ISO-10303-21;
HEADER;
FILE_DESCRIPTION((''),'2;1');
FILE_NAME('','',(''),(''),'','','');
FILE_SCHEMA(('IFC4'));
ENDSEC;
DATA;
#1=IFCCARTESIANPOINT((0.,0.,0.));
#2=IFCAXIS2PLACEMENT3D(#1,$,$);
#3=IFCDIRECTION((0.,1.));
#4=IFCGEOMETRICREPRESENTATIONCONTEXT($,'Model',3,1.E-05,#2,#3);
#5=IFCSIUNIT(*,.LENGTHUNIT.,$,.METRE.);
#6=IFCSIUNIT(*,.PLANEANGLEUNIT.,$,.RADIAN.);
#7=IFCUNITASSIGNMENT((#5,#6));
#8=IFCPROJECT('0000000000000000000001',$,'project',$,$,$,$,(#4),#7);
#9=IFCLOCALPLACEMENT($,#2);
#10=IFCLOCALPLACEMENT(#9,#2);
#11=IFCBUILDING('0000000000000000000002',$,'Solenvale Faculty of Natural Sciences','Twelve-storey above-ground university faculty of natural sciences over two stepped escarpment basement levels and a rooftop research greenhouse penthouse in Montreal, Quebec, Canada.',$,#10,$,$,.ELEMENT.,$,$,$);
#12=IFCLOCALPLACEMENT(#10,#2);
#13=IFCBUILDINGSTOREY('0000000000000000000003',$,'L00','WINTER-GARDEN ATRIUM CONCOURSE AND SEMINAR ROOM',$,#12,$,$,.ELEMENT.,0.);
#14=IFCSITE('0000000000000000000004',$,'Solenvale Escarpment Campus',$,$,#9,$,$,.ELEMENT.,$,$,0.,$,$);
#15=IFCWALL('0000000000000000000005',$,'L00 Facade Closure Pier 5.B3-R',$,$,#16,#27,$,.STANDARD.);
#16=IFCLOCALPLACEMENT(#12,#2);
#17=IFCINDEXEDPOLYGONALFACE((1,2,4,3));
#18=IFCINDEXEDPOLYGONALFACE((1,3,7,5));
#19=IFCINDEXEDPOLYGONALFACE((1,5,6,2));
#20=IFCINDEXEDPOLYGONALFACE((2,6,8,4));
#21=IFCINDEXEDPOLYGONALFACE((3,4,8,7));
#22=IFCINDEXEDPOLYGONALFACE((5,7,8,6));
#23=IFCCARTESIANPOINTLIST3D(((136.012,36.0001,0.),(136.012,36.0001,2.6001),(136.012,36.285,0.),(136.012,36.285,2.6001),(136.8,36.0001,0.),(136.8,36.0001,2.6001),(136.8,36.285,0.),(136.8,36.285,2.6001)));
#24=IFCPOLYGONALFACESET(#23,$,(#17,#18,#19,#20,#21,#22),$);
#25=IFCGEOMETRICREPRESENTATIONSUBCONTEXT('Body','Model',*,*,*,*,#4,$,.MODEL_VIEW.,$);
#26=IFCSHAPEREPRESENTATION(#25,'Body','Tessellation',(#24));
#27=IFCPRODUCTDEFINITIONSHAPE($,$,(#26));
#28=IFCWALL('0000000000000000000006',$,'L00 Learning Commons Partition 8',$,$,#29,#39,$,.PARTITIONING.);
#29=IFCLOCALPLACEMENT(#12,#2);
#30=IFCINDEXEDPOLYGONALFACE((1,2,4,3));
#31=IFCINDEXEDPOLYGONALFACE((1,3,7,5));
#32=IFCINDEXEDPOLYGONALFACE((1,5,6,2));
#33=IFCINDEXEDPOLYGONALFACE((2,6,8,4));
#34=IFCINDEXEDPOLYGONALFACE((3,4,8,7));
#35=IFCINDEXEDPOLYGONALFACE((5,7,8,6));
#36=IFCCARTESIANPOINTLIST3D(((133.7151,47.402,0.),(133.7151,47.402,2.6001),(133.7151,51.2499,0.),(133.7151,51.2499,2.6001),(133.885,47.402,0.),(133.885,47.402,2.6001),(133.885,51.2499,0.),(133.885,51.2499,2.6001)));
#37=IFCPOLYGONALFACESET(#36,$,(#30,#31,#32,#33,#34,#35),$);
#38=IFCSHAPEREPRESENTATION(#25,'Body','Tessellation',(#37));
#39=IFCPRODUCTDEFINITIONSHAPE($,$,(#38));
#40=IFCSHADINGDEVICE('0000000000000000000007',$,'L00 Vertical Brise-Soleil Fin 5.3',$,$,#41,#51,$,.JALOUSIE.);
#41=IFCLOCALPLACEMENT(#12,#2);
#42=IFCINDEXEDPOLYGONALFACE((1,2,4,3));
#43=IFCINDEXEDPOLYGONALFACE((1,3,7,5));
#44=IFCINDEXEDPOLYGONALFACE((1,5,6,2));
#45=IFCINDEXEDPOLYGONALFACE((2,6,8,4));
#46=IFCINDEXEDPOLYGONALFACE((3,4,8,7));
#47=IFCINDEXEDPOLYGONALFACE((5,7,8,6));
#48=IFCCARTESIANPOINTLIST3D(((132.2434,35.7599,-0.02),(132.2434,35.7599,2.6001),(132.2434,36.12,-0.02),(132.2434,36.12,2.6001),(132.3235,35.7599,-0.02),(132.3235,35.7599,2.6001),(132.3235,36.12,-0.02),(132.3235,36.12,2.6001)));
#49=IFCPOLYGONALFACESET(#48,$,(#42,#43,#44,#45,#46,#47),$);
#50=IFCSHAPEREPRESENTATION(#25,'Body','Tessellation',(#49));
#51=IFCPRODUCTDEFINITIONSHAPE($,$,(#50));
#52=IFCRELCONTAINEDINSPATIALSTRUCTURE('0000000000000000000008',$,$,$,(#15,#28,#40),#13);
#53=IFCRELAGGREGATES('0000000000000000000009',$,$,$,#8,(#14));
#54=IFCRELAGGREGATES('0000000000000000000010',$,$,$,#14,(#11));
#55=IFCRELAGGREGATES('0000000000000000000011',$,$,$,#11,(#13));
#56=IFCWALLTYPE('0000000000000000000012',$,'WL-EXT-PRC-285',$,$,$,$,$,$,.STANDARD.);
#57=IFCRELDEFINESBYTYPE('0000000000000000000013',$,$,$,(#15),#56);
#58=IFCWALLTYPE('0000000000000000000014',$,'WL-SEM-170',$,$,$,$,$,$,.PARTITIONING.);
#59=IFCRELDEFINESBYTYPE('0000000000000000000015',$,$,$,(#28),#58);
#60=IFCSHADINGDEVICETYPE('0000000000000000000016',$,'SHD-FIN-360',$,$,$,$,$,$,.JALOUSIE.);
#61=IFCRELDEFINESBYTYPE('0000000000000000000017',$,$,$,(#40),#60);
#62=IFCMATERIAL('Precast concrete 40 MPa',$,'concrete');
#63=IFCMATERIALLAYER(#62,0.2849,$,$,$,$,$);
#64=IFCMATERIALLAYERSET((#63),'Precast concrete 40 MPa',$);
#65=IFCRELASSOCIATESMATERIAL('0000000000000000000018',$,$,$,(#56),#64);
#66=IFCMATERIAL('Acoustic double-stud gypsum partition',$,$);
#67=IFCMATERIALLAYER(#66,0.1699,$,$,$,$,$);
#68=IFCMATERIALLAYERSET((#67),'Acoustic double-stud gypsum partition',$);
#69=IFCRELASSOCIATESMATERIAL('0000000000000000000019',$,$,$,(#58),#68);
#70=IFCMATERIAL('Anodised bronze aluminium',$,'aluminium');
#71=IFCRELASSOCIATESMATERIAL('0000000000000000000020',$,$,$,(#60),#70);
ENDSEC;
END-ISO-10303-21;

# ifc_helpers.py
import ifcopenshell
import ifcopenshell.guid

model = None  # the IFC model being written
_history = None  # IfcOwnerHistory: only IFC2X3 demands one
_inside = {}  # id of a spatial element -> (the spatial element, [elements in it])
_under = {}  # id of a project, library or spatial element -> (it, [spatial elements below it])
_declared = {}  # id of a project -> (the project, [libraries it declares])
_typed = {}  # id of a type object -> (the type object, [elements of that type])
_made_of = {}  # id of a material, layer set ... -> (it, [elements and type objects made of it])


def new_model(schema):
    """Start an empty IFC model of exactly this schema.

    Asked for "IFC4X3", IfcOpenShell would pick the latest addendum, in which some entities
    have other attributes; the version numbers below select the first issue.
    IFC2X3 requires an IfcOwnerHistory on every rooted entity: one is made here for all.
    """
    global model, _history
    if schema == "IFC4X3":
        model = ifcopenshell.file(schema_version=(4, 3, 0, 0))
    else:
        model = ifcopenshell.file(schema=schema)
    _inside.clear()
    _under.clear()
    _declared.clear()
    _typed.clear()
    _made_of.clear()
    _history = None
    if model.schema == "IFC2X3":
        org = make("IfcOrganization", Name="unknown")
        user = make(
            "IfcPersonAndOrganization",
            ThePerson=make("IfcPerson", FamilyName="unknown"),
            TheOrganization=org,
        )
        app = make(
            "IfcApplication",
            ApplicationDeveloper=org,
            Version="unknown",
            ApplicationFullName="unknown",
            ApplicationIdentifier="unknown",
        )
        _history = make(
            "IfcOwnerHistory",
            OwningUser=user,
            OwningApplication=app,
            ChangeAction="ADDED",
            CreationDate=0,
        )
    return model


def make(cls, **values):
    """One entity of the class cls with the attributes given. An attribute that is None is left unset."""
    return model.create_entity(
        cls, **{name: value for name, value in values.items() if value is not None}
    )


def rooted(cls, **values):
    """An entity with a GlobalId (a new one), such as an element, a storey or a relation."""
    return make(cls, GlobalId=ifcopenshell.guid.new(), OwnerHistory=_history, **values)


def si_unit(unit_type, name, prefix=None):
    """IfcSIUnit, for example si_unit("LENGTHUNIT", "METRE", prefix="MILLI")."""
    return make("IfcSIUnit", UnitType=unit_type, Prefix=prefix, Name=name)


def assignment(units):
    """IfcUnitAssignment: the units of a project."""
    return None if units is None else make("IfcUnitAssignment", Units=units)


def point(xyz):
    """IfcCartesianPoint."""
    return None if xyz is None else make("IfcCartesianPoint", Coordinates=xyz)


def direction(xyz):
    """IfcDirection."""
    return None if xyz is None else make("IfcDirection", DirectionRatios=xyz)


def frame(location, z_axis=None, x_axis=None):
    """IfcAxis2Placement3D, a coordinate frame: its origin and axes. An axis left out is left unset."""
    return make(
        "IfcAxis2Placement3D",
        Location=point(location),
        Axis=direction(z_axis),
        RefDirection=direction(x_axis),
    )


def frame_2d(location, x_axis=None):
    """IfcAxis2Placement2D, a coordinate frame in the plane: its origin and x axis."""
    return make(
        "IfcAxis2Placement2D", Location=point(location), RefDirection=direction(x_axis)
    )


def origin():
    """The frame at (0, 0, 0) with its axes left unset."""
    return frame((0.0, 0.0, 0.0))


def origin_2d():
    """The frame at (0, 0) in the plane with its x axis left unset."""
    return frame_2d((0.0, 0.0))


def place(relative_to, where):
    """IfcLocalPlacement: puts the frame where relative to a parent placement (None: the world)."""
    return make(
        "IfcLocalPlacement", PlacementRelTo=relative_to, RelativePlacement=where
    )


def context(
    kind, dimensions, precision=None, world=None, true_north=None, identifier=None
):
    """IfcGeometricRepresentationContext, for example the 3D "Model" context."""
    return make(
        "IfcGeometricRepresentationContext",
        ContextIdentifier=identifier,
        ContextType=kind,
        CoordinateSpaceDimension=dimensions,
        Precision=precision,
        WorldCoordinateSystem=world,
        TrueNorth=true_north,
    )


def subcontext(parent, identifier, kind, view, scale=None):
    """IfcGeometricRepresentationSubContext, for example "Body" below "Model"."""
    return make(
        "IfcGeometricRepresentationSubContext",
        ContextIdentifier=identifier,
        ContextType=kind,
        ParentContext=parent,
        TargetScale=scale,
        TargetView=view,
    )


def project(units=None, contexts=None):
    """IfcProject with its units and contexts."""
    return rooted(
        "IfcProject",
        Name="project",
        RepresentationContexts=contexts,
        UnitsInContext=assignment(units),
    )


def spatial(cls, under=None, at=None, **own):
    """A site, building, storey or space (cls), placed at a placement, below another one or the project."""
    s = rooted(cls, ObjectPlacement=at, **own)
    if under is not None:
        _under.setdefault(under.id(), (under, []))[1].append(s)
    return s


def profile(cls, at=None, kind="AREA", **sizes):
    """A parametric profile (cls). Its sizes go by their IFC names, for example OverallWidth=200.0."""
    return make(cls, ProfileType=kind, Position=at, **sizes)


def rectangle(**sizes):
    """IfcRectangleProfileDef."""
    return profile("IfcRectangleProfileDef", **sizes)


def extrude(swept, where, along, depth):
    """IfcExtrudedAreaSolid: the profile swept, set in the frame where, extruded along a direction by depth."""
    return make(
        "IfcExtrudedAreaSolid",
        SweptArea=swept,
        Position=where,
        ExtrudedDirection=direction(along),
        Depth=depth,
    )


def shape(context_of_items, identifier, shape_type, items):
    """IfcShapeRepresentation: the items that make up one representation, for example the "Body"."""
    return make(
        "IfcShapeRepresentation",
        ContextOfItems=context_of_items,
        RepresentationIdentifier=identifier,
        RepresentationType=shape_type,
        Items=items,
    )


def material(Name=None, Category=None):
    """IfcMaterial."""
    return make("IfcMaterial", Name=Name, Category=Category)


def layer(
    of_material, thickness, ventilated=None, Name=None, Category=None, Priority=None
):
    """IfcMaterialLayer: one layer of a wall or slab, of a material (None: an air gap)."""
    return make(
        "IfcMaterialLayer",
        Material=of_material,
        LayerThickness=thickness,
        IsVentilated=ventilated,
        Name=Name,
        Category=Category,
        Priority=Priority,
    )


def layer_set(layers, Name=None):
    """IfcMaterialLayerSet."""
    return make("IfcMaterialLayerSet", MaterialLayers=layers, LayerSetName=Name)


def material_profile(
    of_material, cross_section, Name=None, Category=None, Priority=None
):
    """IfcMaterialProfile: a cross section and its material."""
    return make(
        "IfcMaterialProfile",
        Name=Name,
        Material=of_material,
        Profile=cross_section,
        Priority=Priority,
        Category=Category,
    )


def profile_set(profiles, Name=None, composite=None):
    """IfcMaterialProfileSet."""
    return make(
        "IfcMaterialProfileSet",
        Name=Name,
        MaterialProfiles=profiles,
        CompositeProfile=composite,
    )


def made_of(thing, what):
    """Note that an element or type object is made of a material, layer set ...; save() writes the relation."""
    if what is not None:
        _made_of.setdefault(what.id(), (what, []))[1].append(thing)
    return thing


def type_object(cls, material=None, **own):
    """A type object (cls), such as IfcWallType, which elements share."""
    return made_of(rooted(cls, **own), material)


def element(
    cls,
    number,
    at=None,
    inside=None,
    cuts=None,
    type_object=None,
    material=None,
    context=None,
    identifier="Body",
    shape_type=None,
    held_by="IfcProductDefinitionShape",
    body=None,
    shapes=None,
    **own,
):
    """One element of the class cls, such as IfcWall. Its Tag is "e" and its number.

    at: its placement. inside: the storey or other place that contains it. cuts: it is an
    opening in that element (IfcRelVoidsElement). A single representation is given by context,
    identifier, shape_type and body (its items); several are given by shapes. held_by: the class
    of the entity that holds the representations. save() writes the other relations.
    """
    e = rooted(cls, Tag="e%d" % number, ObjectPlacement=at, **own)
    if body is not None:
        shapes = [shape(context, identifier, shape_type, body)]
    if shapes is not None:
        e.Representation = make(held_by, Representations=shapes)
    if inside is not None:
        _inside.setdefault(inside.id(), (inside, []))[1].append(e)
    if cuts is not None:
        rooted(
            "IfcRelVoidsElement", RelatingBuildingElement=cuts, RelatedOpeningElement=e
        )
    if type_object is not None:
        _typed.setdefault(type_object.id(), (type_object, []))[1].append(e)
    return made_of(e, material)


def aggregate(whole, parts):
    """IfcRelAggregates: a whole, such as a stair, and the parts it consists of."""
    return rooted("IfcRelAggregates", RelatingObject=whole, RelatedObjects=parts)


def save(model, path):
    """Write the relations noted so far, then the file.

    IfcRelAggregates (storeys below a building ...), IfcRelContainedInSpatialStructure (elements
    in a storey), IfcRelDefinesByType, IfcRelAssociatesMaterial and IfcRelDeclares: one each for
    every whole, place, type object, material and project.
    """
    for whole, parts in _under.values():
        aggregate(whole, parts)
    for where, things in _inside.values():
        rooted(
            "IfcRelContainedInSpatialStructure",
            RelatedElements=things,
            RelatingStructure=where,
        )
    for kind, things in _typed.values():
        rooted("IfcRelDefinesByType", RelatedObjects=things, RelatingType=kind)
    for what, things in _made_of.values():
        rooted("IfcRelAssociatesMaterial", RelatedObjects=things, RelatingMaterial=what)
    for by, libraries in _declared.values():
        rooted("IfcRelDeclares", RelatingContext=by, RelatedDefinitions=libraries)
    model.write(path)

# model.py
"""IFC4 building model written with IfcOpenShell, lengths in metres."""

from ifc_helpers import new_model, si_unit, direction, frame, frame_2d, origin, origin_2d, place, context, subcontext, project, spatial, rectangle, extrude, material, layer, layer_set, material_profile, profile_set, type_object, element, save


model = new_model("IFC4")

# Units and contexts
model_context = context("Model", 3, precision=1e-05, world=origin(), true_north=direction((0.0, 1.0)))
body_context = subcontext(model_context, "Body", "Model", "MODEL_VIEW")
ifc_project = project(units=[si_unit("LENGTHUNIT", "METRE"), si_unit("PLANEANGLEUNIT", "RADIAN")], contexts=[model_context])

# Site, building, storey
site_placement = place(None, origin())
site = spatial("IfcSite", under=ifc_project, at=site_placement, Name="Solenvale Escarpment Campus", CompositionType="ELEMENT", RefElevation=0.0)
building_placement = place(site_placement, origin())
building = spatial("IfcBuilding", under=site, at=building_placement, Name="Solenvale Faculty of Natural Sciences", Description="Twelve-storey above-ground university faculty of natural sciences over two stepped escarpment basement levels and a rooftop research greenhouse penthouse in Montreal, Quebec, Canada.", CompositionType="ELEMENT")
storey_placement = place(building_placement, origin())
storey = spatial("IfcBuildingStorey", under=building, at=storey_placement, Name="L00", Description="WINTER-GARDEN ATRIUM CONCOURSE AND SEMINAR ROOM", CompositionType="ELEMENT", Elevation=0.0)

# Shared definitions
ifc_material_1 = material(Name="Anodised bronze aluminium", Category="aluminium")

# Walls
ifc_material_2 = material(Name="Precast concrete 40 MPa", Category="concrete")
ifc_layer_1 = layer(ifc_material_2, 0.2849)
ifc_layer_set_1 = layer_set([ifc_layer_1], Name="Precast concrete 40 MPa")
wall_type_1 = type_object("IfcWallType", Name="WL-EXT-PRC-285", PredefinedType="STANDARD", material=ifc_layer_set_1)
wall_1_placement = place(storey_placement, frame((136.012, 36.1426, 0.0), z_axis=(0.0, 0.0, 1.0), x_axis=(1.0, 0.0, 0.0)))
element("IfcWall", 1, at=wall_1_placement, inside=storey, type_object=wall_type_1, Name="L00 Facade Closure Pier 5.B3-R", PredefinedType="STANDARD", context=body_context, shape_type="SweptSolid", body=[
    extrude(rectangle(XDim=0.7881, YDim=0.2849, at=frame_2d((0.394, 0.0))), origin(), (0.0, 0.0, 1.0), 2.6001),
])
ifc_material_3 = material(Name="Acoustic double-stud gypsum partition")
ifc_layer_2 = layer(ifc_material_3, 0.1699)
ifc_layer_set_2 = layer_set([ifc_layer_2], Name="Acoustic double-stud gypsum partition")
wall_type_2 = type_object("IfcWallType", Name="WL-SEM-170", PredefinedType="PARTITIONING", material=ifc_layer_set_2)
wall_2_placement = place(storey_placement, frame((133.8, 47.4021, 0.0), z_axis=(0.0, 0.0, 1.0), x_axis=(0.0, 1.0, 0.0)))
element("IfcWall", 2, at=wall_2_placement, inside=storey, type_object=wall_type_2, Name="L00 Learning Commons Partition 8", PredefinedType="PARTITIONING", context=body_context, shape_type="SweptSolid", body=[
    extrude(rectangle(XDim=3.8479, YDim=0.1699, at=frame_2d((1.9238, 0.0))), origin(), (0.0, 0.0, 1.0), 2.6001),
])

# Shading device
ifc_material_profile_1 = material_profile(ifc_material_1, rectangle(XDim=0.0801, YDim=0.3601, at=origin_2d()), Name="ALU-FIN-80x360")
ifc_profile_set_1 = profile_set([ifc_material_profile_1], Name="Anodised bronze aluminium")
shading_device_type = type_object("IfcShadingDeviceType", Name="SHD-FIN-360", PredefinedType="JALOUSIE", material=ifc_profile_set_1)
shading_device_placement = place(storey_placement, frame((132.2834, 35.9399, -0.02), z_axis=(0.0, 0.0, 1.0), x_axis=(1.0, 0.0, 0.0)))
element("IfcShadingDevice", 3, at=shading_device_placement, inside=storey, type_object=shading_device_type, Name="L00 Vertical Brise-Soleil Fin 5.3", PredefinedType="JALOUSIE", context=body_context, shape_type="SweptSolid", body=[
    extrude(rectangle(XDim=0.0801, YDim=0.3601, at=origin_2d()), origin(), (0.0, 0.0, 1.0), 2.6201),
])

save(model, "model.ifc")
